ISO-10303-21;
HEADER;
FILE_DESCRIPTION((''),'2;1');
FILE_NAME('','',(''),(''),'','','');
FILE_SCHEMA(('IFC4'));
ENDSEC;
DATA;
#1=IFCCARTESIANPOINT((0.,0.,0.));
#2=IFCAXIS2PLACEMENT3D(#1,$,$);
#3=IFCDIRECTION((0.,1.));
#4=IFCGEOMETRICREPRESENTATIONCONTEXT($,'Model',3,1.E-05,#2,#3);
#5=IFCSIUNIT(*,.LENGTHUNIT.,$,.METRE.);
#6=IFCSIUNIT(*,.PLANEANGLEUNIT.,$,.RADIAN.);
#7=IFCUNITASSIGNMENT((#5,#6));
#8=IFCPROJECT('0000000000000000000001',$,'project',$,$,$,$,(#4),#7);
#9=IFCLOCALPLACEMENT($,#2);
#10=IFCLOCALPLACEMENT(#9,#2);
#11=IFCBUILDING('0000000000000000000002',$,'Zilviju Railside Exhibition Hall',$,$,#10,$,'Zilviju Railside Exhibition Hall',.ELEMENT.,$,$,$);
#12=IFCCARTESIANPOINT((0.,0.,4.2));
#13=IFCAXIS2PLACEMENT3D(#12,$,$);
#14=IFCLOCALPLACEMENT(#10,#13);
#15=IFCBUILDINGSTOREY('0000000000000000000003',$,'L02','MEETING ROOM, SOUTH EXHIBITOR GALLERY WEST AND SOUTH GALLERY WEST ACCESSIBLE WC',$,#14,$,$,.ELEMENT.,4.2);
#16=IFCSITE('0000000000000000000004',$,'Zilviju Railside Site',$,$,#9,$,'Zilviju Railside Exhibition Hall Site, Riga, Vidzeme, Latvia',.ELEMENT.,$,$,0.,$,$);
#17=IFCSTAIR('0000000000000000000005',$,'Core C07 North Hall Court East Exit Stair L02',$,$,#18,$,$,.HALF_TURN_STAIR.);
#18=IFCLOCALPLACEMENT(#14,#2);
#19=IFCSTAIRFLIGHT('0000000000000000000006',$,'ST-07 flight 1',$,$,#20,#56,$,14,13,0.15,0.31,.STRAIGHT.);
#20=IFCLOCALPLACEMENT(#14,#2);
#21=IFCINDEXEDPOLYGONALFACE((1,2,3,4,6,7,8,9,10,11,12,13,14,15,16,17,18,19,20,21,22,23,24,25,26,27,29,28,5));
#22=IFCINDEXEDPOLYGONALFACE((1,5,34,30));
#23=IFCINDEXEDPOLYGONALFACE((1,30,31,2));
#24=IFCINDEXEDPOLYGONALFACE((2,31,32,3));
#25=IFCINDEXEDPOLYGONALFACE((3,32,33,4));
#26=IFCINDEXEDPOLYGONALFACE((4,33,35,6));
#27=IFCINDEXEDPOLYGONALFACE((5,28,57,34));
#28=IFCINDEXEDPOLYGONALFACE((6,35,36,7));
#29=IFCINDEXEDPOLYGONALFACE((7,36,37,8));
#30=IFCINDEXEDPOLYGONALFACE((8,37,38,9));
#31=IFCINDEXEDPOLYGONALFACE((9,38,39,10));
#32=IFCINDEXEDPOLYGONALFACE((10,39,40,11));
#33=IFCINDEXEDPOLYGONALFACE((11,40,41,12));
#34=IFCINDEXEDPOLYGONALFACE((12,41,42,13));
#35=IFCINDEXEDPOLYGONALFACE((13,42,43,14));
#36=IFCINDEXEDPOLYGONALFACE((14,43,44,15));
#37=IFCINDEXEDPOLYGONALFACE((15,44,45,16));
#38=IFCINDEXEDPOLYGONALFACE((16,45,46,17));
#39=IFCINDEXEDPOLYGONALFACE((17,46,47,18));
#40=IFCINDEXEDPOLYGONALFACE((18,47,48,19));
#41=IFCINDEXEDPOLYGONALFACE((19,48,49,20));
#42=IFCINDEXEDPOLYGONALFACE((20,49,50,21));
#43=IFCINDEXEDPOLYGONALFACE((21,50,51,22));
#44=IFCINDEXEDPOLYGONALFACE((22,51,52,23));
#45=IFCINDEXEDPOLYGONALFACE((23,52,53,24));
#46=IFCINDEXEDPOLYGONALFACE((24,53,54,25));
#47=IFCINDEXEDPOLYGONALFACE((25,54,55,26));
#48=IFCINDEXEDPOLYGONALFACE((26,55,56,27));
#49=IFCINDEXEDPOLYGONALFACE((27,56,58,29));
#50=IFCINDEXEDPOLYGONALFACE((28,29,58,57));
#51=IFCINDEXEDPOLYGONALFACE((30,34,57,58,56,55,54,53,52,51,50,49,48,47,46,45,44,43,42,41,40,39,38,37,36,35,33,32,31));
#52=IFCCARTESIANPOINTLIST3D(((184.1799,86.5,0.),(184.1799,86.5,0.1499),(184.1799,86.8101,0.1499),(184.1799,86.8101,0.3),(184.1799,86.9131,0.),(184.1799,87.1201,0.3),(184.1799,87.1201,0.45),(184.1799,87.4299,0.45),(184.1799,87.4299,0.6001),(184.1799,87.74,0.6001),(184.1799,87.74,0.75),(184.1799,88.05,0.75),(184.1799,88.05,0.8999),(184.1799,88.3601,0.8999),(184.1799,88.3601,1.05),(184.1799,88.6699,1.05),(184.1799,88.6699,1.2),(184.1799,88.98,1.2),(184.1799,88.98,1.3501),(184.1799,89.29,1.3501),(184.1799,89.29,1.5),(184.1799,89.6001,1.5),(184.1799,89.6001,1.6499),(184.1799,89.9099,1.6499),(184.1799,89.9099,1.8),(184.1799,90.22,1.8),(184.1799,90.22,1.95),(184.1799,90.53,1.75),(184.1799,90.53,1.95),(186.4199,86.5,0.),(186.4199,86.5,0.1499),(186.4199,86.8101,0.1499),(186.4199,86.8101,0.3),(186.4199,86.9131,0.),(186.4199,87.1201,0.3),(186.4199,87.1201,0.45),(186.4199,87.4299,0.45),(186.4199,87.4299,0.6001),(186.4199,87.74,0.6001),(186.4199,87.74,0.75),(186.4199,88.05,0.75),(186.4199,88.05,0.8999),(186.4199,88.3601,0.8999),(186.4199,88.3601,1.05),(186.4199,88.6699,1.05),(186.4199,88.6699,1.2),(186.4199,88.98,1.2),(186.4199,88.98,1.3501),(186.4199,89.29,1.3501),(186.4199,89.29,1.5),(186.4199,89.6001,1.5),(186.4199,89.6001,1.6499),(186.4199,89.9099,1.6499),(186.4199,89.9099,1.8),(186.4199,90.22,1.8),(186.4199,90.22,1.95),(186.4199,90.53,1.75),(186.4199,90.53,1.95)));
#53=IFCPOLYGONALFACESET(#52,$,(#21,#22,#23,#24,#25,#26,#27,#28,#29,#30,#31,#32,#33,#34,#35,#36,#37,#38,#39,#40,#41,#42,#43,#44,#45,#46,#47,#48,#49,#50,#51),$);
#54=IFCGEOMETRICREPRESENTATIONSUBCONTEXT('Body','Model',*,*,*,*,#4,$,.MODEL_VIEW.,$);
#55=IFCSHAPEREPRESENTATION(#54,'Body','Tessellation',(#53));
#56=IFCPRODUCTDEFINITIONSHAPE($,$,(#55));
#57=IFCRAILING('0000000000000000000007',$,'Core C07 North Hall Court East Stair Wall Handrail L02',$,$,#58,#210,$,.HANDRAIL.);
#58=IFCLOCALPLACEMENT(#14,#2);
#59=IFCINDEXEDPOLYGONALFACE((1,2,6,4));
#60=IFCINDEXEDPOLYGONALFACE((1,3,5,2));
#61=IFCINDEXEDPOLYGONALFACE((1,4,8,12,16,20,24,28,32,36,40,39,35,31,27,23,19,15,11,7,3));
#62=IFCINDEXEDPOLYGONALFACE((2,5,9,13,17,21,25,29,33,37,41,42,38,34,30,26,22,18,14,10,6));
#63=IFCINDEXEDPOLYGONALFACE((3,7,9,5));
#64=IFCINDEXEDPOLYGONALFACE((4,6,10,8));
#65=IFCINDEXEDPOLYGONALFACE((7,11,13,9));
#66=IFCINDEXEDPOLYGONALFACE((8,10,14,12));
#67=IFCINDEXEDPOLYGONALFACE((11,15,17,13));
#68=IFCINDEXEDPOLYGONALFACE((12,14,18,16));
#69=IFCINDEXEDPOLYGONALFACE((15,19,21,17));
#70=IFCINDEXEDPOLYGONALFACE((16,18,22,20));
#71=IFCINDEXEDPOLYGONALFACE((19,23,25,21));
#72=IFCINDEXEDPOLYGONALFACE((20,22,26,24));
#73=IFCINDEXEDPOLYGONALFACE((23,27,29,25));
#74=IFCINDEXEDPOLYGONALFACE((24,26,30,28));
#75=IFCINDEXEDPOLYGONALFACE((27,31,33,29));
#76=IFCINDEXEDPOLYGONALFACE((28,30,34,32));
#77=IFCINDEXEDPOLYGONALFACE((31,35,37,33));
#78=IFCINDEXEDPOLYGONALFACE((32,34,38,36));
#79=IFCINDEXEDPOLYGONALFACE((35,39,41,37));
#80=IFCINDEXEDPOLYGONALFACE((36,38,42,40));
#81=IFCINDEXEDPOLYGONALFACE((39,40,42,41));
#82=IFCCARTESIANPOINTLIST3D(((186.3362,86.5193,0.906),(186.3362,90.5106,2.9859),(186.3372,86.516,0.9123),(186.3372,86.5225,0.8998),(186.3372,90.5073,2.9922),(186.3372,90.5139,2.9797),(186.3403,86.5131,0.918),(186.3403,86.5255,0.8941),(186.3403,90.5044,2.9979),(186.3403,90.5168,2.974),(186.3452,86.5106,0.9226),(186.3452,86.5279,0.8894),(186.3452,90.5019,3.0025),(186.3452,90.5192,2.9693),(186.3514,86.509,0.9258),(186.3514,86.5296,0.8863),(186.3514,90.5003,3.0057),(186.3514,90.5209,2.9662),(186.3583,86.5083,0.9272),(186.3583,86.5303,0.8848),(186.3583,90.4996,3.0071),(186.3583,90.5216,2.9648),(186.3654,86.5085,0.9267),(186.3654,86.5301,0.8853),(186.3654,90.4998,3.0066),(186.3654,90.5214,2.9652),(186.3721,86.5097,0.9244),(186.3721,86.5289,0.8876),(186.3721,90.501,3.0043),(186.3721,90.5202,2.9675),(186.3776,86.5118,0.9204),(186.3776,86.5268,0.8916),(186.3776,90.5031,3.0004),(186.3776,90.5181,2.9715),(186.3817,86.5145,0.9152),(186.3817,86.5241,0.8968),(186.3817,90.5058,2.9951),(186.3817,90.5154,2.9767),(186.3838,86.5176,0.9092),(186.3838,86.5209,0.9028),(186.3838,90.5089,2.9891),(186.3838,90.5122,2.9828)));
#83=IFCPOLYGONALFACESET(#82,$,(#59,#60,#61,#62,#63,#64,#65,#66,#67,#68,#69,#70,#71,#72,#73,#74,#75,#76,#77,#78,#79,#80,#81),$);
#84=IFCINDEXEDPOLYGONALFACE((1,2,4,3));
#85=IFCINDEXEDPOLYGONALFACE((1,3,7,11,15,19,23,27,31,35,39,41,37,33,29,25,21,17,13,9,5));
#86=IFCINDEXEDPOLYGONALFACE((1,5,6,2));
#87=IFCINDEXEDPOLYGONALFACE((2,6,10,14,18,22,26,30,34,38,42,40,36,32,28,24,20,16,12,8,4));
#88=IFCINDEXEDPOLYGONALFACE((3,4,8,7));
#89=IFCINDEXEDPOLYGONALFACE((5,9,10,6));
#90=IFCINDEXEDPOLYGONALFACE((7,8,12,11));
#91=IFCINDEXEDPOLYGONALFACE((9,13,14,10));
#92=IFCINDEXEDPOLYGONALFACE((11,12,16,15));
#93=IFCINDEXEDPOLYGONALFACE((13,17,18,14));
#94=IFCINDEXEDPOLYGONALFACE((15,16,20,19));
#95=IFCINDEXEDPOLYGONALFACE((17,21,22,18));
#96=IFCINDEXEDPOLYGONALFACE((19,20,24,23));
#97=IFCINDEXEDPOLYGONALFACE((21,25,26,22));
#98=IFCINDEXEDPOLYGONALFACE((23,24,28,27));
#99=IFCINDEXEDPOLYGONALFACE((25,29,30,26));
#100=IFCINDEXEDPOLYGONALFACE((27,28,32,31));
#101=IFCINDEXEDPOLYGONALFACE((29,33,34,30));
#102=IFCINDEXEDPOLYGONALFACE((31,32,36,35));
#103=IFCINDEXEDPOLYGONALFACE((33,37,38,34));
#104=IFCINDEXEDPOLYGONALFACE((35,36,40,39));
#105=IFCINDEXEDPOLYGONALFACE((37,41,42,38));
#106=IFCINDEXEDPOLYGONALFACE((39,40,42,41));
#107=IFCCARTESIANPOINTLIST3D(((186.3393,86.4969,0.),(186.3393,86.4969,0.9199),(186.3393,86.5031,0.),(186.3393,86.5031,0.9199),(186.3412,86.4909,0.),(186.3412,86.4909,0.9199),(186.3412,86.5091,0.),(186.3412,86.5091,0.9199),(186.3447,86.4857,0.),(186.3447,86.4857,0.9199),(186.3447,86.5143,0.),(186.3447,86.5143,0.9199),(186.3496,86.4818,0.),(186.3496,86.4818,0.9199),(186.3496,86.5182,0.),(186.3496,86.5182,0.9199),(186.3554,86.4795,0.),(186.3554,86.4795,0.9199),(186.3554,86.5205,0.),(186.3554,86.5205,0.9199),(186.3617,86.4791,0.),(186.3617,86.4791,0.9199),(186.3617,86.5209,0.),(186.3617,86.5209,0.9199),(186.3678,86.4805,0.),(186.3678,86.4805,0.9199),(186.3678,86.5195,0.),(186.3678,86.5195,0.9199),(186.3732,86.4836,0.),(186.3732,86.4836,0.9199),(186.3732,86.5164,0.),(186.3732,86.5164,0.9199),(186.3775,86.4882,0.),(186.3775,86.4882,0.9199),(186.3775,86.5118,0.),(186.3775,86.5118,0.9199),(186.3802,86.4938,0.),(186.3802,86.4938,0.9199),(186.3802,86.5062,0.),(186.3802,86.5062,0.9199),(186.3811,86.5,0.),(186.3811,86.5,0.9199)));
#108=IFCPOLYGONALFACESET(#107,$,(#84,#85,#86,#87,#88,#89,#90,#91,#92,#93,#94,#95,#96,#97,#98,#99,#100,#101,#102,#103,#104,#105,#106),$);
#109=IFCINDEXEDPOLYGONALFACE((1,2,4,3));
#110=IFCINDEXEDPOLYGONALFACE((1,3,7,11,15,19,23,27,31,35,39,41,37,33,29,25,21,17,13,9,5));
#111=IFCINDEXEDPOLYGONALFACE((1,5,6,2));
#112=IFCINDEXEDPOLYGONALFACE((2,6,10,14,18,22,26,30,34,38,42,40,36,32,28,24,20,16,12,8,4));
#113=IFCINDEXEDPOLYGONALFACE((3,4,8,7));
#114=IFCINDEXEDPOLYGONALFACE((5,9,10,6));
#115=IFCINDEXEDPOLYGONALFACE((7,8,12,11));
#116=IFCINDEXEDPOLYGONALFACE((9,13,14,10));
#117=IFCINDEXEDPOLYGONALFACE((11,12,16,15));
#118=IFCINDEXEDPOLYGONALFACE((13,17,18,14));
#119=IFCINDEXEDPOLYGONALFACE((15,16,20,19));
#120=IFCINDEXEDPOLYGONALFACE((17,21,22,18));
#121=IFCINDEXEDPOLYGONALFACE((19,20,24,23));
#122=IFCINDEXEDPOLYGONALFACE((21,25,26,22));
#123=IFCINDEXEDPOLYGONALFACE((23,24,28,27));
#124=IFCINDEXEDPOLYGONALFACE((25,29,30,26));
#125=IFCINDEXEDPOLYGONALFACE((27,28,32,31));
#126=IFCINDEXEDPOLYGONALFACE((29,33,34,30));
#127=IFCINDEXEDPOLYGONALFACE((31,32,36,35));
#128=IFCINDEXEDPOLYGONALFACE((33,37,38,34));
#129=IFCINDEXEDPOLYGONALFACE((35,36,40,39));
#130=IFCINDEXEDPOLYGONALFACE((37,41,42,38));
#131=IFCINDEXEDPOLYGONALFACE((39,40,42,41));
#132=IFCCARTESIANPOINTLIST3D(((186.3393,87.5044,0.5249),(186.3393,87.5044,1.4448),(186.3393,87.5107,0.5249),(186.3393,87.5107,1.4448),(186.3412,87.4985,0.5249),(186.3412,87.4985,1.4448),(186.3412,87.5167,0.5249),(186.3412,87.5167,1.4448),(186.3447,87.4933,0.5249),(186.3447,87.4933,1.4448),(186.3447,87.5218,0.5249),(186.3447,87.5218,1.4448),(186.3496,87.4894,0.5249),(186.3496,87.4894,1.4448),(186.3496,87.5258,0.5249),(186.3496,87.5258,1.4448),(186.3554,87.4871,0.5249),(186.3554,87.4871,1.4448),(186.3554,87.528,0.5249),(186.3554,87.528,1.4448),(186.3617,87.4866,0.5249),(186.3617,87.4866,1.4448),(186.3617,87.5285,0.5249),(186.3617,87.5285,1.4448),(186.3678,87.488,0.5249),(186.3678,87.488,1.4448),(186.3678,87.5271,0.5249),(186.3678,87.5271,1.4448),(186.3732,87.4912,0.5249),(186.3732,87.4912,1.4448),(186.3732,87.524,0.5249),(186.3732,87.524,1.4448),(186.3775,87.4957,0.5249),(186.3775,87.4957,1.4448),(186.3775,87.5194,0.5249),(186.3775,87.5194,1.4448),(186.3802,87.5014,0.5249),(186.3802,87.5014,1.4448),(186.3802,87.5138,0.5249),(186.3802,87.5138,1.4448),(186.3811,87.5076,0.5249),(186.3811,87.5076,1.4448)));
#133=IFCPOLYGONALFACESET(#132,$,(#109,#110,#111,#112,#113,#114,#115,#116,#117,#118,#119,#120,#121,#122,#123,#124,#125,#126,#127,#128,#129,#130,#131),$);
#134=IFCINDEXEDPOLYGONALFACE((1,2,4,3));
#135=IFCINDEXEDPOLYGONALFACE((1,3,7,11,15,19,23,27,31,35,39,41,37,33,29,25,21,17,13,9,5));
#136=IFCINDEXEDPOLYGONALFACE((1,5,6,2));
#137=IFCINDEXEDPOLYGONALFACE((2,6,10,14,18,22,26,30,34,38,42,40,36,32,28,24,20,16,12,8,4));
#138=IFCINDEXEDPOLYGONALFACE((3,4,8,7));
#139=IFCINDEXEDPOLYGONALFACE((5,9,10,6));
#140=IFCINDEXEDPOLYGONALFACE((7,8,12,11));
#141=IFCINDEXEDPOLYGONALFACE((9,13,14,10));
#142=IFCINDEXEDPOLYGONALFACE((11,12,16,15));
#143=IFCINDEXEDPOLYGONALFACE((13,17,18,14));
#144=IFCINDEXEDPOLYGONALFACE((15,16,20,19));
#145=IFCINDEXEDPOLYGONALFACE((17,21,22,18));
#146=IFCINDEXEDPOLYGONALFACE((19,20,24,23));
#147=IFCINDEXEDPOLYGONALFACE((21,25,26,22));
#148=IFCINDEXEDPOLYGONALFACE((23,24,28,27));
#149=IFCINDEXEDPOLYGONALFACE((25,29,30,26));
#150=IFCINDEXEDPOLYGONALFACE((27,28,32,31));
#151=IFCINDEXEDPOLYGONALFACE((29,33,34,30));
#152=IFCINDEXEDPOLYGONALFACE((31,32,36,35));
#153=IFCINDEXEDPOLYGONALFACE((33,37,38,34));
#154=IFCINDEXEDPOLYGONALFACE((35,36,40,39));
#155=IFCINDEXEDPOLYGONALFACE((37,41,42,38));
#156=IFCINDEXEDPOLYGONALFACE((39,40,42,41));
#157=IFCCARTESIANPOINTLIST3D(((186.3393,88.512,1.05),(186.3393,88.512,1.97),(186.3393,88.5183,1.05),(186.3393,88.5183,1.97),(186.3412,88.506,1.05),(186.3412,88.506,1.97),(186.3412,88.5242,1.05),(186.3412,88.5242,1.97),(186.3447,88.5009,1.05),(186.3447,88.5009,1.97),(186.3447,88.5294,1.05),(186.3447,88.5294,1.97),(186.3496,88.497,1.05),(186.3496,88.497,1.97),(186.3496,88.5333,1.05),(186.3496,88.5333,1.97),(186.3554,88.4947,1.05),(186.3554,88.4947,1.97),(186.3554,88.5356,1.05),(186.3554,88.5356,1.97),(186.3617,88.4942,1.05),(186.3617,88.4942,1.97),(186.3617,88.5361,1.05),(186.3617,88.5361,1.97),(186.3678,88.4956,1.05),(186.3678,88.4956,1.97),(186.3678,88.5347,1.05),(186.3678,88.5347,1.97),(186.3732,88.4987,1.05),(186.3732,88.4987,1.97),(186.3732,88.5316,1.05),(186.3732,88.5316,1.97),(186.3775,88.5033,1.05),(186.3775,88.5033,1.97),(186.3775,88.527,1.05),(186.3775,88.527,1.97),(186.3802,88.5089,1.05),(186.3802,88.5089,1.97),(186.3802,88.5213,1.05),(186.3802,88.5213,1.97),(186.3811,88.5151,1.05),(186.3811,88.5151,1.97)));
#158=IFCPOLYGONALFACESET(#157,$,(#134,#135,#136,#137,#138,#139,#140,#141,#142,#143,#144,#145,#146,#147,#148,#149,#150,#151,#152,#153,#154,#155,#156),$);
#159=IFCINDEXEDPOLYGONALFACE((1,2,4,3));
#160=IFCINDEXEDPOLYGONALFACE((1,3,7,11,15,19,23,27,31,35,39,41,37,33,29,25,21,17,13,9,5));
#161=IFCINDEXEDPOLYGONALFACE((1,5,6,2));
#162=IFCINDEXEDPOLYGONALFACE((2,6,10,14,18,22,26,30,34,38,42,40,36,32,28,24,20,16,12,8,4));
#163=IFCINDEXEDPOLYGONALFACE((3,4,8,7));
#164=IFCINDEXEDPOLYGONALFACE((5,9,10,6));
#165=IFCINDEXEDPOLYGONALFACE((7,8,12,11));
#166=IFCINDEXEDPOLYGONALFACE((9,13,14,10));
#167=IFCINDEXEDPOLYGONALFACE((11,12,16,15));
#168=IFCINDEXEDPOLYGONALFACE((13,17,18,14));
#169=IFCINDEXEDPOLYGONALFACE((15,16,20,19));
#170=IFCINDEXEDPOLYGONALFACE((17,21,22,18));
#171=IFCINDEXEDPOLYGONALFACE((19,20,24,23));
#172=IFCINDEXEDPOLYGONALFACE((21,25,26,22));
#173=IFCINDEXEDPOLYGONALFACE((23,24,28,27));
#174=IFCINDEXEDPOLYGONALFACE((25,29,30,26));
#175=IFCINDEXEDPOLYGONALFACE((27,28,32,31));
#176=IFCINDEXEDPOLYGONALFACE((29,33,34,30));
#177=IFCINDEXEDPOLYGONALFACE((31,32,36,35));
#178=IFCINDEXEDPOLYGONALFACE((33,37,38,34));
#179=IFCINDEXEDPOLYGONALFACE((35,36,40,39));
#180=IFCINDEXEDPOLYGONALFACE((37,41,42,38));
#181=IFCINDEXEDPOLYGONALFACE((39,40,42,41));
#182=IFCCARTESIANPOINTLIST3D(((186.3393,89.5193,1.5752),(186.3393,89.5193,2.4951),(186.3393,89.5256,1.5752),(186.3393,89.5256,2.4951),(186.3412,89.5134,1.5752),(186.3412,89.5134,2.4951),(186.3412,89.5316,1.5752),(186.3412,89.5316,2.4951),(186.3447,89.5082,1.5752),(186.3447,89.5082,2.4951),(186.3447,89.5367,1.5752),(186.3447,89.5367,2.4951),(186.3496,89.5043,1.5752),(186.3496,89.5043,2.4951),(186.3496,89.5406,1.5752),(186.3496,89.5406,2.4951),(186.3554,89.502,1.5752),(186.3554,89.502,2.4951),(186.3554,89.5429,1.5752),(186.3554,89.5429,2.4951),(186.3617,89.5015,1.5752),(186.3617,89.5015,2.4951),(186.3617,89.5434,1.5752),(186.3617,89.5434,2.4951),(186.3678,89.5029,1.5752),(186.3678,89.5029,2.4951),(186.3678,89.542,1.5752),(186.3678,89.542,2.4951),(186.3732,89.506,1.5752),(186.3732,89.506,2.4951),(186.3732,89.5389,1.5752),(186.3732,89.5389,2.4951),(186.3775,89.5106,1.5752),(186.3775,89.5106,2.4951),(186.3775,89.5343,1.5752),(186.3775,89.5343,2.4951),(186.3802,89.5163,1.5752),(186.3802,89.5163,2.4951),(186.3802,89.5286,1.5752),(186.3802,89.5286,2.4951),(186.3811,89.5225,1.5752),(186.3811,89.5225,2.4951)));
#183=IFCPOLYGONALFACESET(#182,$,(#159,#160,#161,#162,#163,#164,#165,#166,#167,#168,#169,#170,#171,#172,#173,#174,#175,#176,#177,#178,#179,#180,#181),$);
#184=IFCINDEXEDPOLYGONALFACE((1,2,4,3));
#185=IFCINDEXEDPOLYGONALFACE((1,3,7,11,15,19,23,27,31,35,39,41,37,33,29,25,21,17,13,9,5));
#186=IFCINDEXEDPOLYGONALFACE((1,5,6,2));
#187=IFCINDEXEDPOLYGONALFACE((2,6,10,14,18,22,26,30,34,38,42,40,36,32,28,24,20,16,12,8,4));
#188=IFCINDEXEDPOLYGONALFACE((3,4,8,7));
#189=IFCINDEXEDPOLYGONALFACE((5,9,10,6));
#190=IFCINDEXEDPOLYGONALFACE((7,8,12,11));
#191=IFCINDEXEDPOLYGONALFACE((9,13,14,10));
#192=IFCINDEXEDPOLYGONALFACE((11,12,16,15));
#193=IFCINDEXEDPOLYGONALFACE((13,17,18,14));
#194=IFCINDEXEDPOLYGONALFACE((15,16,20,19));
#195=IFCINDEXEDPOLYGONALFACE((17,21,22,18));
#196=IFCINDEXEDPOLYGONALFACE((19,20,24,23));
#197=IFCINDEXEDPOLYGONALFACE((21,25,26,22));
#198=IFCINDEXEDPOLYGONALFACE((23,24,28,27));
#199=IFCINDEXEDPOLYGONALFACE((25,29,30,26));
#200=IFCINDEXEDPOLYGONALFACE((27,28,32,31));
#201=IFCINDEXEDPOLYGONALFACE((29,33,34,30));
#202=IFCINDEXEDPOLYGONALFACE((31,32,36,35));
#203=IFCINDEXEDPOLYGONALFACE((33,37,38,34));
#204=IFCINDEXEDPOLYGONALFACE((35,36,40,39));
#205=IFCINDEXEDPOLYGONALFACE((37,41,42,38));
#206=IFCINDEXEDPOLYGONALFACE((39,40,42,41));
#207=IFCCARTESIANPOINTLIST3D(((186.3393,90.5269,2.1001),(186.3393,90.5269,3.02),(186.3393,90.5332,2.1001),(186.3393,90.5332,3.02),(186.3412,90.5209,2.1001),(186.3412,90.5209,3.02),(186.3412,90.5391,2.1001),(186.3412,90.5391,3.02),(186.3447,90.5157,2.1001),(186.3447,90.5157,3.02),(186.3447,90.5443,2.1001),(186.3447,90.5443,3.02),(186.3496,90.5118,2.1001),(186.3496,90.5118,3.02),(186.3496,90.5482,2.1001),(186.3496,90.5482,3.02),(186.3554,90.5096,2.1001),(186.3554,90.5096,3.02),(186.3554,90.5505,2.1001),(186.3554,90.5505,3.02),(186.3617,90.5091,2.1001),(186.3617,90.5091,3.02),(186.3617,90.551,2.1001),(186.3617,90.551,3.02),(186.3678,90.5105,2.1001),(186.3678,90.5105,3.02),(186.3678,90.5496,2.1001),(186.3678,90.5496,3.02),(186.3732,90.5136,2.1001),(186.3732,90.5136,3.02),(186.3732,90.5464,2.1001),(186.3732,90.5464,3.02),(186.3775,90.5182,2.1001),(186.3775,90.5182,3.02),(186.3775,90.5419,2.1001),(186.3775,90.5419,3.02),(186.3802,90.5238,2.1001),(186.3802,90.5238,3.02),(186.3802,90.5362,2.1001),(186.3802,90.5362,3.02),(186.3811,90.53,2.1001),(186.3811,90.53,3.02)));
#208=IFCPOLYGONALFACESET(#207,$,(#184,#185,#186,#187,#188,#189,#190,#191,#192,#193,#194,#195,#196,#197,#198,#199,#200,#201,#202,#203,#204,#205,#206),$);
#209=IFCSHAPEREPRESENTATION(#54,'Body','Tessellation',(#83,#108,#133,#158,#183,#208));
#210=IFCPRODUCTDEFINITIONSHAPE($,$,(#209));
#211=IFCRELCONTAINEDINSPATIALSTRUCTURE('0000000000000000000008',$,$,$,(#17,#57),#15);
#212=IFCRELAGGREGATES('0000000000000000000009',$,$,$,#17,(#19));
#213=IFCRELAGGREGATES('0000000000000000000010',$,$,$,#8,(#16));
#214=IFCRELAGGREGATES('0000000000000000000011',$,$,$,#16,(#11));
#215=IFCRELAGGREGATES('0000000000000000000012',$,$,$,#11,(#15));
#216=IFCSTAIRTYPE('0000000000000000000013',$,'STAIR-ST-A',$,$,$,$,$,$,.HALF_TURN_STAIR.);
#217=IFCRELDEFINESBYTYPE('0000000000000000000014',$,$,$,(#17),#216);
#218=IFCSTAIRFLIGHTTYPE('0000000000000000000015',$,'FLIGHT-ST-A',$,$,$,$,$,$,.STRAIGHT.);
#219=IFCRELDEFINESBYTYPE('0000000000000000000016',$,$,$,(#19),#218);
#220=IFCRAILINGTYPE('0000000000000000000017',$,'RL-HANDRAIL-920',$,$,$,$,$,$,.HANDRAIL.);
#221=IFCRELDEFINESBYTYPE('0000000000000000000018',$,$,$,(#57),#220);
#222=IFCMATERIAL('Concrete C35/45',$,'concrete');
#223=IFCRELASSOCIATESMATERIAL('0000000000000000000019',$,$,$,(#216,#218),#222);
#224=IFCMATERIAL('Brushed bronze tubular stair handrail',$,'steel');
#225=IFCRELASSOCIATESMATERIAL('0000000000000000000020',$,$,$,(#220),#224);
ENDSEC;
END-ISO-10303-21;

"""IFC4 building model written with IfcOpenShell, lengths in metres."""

from ifc_helpers import new_model, si_unit, direction, frame, origin, origin_2d, place, context, subcontext, project, spatial, polyline, circle, outline, extrude, material, type_object, element, aggregate, save


model = new_model("IFC4")

# Units and contexts
model_context = context("Model", 3, precision=1e-05, world=origin(), true_north=direction((0.0, 1.0)))
body_context = subcontext(model_context, "Body", "Model", "MODEL_VIEW")
ifc_project = project(units=[si_unit("LENGTHUNIT", "METRE"), si_unit("PLANEANGLEUNIT", "RADIAN")], contexts=[model_context])

# Site, building, storey
site_placement = place(None, origin())
site = spatial("IfcSite", under=ifc_project, at=site_placement, Name="Zilviju Railside Site", LongName="Zilviju Railside Exhibition Hall Site, Riga, Vidzeme, Latvia", CompositionType="ELEMENT", RefElevation=0.0)
building_placement = place(site_placement, origin())
building = spatial("IfcBuilding", under=site, at=building_placement, Name="Zilviju Railside Exhibition Hall", LongName="Zilviju Railside Exhibition Hall", CompositionType="ELEMENT")
storey_placement = place(building_placement, frame((0.0, 0.0, 4.2)))
storey = spatial("IfcBuildingStorey", under=building, at=storey_placement, Name="L02", Description="MEETING ROOM, SOUTH EXHIBITOR GALLERY WEST AND SOUTH GALLERY WEST ACCESSIBLE WC", CompositionType="ELEMENT", Elevation=4.2)

# Shared definitions
ifc_material_1 = material(Name="Concrete C35/45", Category="concrete")

# Stair, stair flight
stair_type = type_object("IfcStairType", Name="STAIR-ST-A", PredefinedType="HALF_TURN_STAIR", material=ifc_material_1)
stair_placement = place(storey_placement, origin())
stair = element("IfcStair", 1, at=stair_placement, inside=storey, type_object=stair_type, Name="Core C07 North Hall Court East Exit Stair L02", PredefinedType="HALF_TURN_STAIR")
stair_flight_type = type_object("IfcStairFlightType", Name="FLIGHT-ST-A", PredefinedType="STRAIGHT", material=ifc_material_1)
stair_flight_placement = place(storey_placement, frame((185.3, 86.5, 0.0), z_axis=(0.0, 0.0, 1.0), x_axis=(0.0, 1.0, 0.0)))
stair_flight = element("IfcStairFlight", 2, at=stair_flight_placement, type_object=stair_flight_type, Name="ST-07 flight 1", NumberOfRisers=14, NumberOfTreads=13, PredefinedType="STRAIGHT", RiserHeight=0.15, TreadLength=0.31, context=body_context, shape_type="SweptSolid", body=[
    extrude(outline(polyline([(0.0, 0.0), (0.0, 0.1499), (0.3101, 0.1499), (0.3101, 0.3), (0.6201, 0.3), (0.6201, 0.45), (0.9299, 0.45), (0.9299, 0.6001), (1.24, 0.6001), (1.24, 0.75), (1.55, 0.75), (1.55, 0.8999), (1.8601, 0.8999), (1.8601, 1.05), (2.1699, 1.05), (2.1699, 1.2), (2.48, 1.2), (2.48, 1.3501), (2.79, 1.3501), (2.79, 1.5), (3.1001, 1.5), (3.1001, 1.6499), (3.4099, 1.6499), (3.4099, 1.8), (3.72, 1.8), (3.72, 1.95), (4.03, 1.95), (4.03, 2.1001), (4.03, 1.75), (0.4131, 0.0), (0.0, 0.0)])), frame((0.0, 1.1201, 0.0), z_axis=(0.0, -1.0, 0.0), x_axis=(1.0, 0.0, 0.0)), (0.0, 0.0, 1.0), 2.24),
])
aggregate(stair, [stair_flight])

# Railing
ifc_material_2 = material(Name="Brushed bronze tubular stair handrail", Category="steel")
railing_type_1 = type_object("IfcRailingType", Name="RL-HANDRAIL-920", PredefinedType="HANDRAIL", material=ifc_material_2)
railing_1_placement = place(storey_placement, frame((186.3601, 86.5, 0.0)))
element("IfcRailing", 3, at=railing_1_placement, inside=storey, type_object=railing_type_1, Name="Core C07 North Hall Court East Stair Wall Handrail L02", PredefinedType="HANDRAIL", context=body_context, shape_type="SweptSolid", body=[
    extrude(circle(Radius=0.0239, at=origin_2d()), frame((0.0, 0.0193, 0.906), z_axis=(0.0, 0.886813, 0.462129), x_axis=(-1.0, 0.0, 0.0)), (0.0, 0.0, 1.0), 4.5007),
    extrude(circle(Radius=0.021, at=origin_2d()), origin(), (0.0, 0.0, 1.0), 0.9199),
    extrude(circle(Radius=0.021, at=origin_2d()), frame((0.0, 1.0076, 0.5249)), (0.0, 0.0, 1.0), 0.9199),
    extrude(circle(Radius=0.021, at=origin_2d()), frame((0.0, 2.0151, 1.05)), (0.0, 0.0, 1.0), 0.9199),
    extrude(circle(Radius=0.021, at=origin_2d()), frame((0.0, 3.0225, 1.5752)), (0.0, 0.0, 1.0), 0.9199),
    extrude(circle(Radius=0.021, at=origin_2d()), frame((0.0, 4.03, 2.1001)), (0.0, 0.0, 1.0), 0.9199),
])

save(model, "model.ifc")
